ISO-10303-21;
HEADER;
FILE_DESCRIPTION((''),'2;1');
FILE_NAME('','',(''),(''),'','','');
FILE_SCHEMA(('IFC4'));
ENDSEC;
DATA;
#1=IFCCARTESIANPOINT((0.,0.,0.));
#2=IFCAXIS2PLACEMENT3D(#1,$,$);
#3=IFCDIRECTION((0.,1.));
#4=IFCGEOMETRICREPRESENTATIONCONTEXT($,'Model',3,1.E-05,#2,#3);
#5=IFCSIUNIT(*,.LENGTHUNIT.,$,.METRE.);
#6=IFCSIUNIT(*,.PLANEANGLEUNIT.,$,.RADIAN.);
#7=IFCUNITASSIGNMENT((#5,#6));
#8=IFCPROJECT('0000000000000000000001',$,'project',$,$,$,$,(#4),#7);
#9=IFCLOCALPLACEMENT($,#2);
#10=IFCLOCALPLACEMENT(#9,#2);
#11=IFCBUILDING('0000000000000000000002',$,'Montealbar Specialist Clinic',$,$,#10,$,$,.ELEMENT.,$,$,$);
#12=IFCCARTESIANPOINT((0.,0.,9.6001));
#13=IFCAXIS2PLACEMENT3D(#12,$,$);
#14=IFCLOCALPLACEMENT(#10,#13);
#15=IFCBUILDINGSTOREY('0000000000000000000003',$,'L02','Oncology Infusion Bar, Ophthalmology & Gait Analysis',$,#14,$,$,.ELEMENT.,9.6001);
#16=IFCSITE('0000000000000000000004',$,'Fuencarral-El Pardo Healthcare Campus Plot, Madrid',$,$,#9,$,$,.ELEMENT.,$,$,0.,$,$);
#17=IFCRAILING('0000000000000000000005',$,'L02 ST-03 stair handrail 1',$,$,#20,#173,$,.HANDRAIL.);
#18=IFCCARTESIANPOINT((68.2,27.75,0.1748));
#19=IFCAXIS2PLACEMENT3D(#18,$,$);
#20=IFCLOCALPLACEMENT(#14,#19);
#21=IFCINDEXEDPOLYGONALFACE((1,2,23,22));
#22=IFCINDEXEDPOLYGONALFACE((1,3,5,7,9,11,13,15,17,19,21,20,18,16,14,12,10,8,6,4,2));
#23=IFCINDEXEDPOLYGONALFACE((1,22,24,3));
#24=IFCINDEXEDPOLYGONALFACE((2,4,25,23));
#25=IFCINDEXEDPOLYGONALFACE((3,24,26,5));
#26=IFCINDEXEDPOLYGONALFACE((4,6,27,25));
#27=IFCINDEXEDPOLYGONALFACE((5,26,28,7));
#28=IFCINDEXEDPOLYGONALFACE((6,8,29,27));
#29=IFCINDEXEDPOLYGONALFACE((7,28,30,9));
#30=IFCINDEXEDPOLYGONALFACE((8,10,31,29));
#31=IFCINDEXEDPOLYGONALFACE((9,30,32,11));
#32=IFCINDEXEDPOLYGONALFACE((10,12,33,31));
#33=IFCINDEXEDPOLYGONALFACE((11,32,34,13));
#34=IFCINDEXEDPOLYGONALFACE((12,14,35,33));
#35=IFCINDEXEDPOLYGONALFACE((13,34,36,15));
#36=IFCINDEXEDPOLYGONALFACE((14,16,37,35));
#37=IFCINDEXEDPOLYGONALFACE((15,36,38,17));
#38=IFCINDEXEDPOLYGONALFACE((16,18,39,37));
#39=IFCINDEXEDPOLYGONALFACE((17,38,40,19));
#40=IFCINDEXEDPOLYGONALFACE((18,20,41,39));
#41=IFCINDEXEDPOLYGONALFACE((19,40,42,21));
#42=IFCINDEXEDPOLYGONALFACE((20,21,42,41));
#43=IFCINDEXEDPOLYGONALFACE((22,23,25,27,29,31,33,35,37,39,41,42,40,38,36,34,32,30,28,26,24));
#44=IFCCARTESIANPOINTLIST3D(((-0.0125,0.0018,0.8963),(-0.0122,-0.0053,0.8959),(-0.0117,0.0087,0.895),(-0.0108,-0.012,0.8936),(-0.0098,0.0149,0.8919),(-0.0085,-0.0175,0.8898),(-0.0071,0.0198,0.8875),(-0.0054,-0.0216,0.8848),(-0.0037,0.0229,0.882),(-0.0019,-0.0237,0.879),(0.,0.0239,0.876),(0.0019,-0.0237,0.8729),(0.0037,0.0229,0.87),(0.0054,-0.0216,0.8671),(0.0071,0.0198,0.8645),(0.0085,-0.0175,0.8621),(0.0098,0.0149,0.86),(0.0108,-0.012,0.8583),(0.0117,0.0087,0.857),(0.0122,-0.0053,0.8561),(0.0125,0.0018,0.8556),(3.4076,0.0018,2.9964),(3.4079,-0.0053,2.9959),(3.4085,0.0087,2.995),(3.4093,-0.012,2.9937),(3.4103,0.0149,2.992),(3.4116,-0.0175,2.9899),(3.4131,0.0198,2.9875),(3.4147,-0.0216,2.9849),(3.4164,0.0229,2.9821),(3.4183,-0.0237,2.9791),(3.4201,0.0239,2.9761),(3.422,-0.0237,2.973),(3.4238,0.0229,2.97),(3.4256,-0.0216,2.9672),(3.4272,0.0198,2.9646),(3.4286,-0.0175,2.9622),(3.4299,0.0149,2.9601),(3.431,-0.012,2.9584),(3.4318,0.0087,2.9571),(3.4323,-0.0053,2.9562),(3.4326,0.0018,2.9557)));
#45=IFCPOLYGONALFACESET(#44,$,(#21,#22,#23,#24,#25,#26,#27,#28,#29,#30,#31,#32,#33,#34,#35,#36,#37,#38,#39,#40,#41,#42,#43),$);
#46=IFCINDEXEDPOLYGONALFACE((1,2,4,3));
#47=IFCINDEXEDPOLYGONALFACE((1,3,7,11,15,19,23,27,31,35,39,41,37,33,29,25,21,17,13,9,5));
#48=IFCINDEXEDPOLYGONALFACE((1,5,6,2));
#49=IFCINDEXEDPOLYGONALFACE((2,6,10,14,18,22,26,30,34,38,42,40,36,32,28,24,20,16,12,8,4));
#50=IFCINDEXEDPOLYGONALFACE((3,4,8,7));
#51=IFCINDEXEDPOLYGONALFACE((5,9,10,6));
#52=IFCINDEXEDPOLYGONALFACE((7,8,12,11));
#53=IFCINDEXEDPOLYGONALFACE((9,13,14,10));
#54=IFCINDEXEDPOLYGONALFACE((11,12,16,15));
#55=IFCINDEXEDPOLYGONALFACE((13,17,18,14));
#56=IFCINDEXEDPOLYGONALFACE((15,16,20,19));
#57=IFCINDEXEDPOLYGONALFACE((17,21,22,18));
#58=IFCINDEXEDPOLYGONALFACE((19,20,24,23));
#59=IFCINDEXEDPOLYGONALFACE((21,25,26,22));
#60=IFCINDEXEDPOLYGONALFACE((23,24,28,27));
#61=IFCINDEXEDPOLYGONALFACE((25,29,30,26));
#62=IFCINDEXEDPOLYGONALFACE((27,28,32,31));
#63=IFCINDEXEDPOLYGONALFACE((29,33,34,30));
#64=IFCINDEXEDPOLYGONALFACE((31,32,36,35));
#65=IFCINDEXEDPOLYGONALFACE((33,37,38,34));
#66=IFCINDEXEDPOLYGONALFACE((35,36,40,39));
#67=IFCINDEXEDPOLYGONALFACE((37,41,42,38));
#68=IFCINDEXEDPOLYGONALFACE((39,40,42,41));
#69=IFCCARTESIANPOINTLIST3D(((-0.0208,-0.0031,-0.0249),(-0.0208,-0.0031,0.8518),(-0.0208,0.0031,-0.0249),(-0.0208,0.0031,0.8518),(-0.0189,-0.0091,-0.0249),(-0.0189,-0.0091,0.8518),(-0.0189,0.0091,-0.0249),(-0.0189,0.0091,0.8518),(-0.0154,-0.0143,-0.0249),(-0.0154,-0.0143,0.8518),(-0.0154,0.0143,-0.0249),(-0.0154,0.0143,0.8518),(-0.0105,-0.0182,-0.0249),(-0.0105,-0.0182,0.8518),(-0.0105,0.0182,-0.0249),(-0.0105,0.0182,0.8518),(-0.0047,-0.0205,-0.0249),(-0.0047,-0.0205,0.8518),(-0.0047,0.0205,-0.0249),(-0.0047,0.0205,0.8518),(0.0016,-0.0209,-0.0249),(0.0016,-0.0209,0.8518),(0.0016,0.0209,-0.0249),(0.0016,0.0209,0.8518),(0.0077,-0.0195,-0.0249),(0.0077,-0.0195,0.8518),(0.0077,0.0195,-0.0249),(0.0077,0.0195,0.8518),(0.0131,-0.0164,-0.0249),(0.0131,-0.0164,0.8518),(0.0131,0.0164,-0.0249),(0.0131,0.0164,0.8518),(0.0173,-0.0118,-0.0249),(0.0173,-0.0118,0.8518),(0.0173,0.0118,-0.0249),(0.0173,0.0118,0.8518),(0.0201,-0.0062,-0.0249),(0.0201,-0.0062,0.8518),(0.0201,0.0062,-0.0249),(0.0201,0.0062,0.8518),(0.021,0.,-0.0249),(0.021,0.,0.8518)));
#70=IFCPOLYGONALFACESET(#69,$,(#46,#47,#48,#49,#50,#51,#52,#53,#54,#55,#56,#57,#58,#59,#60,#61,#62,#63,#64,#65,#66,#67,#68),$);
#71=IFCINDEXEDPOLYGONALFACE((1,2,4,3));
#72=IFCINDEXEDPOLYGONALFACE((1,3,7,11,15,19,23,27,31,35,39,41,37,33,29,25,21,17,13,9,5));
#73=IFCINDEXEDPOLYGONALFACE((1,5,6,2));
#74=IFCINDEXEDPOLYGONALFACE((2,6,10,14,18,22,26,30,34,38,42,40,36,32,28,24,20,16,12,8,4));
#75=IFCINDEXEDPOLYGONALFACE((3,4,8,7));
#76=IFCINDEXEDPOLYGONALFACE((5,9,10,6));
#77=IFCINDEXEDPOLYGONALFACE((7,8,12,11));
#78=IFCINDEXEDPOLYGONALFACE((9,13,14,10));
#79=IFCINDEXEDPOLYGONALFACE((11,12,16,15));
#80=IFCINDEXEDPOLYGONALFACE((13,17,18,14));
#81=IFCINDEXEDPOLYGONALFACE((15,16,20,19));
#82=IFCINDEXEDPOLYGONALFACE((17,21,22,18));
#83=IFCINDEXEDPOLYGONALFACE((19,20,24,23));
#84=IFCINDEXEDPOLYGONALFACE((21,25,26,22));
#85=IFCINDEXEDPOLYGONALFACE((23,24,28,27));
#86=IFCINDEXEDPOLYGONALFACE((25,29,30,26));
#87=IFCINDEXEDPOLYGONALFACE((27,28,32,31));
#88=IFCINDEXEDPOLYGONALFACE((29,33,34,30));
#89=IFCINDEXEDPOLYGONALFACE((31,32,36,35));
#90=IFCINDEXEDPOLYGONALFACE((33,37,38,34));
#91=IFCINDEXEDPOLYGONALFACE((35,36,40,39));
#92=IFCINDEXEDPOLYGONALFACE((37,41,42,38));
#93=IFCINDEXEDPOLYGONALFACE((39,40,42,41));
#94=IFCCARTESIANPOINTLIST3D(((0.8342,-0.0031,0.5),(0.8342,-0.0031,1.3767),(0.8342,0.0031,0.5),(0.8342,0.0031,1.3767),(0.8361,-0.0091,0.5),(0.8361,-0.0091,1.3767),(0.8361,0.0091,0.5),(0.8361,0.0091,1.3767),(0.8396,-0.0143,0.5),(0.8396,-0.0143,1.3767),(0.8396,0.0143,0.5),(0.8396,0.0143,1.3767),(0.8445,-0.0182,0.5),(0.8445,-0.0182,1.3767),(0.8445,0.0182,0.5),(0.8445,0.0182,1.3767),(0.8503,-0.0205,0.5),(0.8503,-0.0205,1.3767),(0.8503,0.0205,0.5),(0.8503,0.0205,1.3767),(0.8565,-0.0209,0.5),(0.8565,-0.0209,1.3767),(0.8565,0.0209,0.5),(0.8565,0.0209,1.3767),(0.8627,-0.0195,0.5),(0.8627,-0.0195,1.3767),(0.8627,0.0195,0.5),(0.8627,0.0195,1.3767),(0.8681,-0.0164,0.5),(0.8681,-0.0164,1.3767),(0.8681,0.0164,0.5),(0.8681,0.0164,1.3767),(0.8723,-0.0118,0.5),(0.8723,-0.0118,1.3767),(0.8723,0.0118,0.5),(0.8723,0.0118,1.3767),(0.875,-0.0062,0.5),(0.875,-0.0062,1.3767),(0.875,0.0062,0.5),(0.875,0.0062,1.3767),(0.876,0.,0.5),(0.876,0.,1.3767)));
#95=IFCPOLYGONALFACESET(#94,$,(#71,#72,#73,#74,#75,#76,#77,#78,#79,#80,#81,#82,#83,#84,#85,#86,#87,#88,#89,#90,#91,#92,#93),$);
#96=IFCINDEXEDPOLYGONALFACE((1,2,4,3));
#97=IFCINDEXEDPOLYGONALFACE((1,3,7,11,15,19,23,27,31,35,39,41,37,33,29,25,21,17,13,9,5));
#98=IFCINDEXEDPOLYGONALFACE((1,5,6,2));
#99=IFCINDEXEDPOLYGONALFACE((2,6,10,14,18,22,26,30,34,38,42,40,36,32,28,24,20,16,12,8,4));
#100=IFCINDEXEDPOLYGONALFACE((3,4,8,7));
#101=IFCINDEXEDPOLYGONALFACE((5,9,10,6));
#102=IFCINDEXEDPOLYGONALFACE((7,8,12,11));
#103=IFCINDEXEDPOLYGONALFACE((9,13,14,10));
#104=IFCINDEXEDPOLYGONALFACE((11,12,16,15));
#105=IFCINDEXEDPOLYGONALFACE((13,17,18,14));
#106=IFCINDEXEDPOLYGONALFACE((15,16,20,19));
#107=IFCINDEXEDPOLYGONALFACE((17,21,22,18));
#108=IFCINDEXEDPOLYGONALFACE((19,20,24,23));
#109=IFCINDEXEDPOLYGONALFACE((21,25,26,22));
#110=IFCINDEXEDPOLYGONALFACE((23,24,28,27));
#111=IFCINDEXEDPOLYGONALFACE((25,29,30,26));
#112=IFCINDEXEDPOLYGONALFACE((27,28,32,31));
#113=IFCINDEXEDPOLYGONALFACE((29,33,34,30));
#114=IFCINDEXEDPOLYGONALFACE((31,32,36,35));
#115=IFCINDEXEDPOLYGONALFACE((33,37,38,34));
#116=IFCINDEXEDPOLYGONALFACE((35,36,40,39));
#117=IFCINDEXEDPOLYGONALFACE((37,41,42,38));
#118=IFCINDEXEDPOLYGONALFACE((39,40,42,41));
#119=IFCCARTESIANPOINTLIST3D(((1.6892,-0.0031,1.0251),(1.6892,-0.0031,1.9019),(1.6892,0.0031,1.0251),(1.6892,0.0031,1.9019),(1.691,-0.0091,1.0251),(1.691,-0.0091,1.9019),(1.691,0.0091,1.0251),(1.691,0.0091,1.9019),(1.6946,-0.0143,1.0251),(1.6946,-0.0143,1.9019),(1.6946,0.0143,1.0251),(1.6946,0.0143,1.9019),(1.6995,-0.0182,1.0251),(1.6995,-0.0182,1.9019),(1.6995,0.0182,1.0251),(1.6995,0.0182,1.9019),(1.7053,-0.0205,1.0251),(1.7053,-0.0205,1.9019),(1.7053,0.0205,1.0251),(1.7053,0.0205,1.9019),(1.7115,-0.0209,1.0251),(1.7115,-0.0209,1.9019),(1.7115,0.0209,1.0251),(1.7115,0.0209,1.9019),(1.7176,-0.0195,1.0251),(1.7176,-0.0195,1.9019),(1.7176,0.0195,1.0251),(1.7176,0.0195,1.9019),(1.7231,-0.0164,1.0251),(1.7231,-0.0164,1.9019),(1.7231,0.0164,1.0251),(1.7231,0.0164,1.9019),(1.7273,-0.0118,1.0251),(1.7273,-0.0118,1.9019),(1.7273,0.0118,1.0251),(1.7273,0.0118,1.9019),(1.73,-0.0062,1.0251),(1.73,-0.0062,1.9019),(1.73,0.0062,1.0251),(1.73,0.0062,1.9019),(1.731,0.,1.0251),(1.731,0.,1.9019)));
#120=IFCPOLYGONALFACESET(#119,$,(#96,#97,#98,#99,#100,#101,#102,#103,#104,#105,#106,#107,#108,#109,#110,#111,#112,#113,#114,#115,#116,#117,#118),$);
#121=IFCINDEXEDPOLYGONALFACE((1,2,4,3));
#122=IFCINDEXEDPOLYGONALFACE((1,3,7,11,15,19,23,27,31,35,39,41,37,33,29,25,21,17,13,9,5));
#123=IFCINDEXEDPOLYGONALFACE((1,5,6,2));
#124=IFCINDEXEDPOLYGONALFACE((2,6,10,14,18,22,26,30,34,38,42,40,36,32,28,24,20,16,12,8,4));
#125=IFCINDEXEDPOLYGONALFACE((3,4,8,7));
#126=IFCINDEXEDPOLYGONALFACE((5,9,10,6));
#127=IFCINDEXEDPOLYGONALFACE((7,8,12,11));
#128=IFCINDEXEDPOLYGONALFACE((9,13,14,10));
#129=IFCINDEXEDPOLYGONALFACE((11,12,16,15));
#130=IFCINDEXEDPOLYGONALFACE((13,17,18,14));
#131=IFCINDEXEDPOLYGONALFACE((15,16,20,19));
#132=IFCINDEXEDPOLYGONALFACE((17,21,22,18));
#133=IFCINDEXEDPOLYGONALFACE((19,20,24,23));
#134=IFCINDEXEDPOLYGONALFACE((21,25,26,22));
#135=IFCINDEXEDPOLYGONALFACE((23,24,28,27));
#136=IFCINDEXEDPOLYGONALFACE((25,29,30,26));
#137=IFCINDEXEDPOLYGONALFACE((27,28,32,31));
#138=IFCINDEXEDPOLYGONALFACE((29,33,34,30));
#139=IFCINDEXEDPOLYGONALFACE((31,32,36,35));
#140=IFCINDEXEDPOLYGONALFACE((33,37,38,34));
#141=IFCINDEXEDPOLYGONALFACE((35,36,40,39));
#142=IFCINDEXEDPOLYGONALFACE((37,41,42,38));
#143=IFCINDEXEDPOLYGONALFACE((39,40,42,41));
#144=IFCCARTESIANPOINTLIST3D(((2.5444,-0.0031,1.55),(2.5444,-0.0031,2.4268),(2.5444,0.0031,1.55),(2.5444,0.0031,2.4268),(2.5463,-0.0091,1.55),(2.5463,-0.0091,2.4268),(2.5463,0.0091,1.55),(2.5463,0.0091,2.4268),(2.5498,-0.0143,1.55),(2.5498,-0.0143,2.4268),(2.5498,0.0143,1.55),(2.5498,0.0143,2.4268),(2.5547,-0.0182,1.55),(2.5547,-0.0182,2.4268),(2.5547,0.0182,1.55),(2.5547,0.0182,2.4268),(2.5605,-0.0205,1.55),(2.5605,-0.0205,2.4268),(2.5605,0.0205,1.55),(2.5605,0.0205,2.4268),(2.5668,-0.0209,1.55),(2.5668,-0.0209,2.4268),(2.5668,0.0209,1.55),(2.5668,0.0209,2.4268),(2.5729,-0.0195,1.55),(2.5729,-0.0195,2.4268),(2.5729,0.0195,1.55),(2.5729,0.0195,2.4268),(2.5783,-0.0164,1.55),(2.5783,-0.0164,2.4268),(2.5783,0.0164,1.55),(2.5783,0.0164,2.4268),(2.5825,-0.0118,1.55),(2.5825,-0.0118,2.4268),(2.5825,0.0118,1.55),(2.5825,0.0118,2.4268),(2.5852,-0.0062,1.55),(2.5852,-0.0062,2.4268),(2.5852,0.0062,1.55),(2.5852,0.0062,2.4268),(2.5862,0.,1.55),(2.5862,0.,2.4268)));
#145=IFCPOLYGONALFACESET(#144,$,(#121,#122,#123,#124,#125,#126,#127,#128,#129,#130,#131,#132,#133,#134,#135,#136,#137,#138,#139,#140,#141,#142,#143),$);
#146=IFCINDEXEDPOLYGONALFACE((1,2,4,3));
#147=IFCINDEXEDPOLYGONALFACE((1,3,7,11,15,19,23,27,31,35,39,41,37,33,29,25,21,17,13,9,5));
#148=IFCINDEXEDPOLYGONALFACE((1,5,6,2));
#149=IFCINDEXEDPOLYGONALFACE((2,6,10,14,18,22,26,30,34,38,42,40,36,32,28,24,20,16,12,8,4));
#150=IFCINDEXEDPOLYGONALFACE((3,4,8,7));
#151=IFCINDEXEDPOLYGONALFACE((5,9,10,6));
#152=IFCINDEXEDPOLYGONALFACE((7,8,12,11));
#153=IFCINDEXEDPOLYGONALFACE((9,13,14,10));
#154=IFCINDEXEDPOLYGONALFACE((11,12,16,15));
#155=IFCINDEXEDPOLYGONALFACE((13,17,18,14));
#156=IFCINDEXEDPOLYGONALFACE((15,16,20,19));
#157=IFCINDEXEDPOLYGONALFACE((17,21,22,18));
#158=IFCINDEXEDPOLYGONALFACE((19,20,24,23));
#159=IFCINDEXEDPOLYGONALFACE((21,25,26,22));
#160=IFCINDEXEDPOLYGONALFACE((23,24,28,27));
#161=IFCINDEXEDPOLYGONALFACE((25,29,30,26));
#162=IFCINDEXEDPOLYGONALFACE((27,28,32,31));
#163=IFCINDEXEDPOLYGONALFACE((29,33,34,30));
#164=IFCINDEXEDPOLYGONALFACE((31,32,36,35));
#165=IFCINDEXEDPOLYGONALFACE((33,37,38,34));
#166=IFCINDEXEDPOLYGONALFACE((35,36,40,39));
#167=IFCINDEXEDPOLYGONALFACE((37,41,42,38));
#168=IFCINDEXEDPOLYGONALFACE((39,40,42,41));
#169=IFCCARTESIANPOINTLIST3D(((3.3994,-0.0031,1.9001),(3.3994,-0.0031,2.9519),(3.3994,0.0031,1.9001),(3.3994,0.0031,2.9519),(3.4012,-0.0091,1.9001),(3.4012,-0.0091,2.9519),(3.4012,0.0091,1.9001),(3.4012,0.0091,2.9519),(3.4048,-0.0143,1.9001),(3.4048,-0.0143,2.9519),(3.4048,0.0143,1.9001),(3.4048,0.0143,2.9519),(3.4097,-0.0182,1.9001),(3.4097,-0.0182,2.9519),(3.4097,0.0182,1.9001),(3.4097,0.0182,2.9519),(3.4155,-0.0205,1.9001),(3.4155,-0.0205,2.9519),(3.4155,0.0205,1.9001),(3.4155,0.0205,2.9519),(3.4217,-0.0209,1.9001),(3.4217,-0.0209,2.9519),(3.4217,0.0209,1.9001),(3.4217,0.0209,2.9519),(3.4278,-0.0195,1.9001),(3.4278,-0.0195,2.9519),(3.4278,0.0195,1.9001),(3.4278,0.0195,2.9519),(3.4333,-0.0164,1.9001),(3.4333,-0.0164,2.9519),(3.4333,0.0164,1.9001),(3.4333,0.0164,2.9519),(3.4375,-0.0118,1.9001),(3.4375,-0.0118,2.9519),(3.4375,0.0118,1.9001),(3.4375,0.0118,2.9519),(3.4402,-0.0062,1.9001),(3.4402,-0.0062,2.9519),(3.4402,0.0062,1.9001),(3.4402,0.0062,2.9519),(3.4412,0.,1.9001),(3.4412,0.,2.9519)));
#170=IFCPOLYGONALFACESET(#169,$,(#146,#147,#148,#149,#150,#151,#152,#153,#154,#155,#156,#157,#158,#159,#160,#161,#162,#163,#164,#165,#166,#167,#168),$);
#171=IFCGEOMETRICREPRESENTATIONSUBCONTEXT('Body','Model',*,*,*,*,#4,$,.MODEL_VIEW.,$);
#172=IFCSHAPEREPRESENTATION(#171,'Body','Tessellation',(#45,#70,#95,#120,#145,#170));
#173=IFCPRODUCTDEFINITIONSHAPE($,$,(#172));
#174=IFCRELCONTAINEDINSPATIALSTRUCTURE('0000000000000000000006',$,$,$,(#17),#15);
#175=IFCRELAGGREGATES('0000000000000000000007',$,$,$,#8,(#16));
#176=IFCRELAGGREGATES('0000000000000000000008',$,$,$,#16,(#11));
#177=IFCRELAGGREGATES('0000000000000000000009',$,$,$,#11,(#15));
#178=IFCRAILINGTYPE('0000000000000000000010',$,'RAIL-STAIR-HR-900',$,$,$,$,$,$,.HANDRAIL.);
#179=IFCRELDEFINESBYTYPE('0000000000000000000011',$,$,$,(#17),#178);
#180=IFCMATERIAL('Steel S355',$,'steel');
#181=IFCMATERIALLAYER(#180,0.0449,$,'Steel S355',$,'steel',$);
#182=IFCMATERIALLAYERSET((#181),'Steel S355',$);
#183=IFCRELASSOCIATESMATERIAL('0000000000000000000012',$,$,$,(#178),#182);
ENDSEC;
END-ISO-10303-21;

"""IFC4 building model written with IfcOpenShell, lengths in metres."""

from ifc_helpers import new_model, si_unit, direction, frame, origin, origin_2d, place, context, subcontext, project, spatial, circle, extrude, material, layer, layer_set, type_object, element, save


model = new_model("IFC4")

# Units and contexts
model_context = context("Model", 3, precision=1e-05, world=origin(), true_north=direction((0.0, 1.0)))
body_context = subcontext(model_context, "Body", "Model", "MODEL_VIEW")
ifc_project = project(units=[si_unit("LENGTHUNIT", "METRE"), si_unit("PLANEANGLEUNIT", "RADIAN")], contexts=[model_context])

# Site, building, storey
site_placement = place(None, origin())
site = spatial("IfcSite", under=ifc_project, at=site_placement, Name="Fuencarral-El Pardo Healthcare Campus Plot, Madrid", CompositionType="ELEMENT", RefElevation=0.0)
building_placement = place(site_placement, origin())
building = spatial("IfcBuilding", under=site, at=building_placement, Name="Montealbar Specialist Clinic", CompositionType="ELEMENT")
storey_placement = place(building_placement, frame((0.0, 0.0, 9.6001)))
storey = spatial("IfcBuildingStorey", under=building, at=storey_placement, Name="L02", Description="Oncology Infusion Bar, Ophthalmology & Gait Analysis", CompositionType="ELEMENT", Elevation=9.6001)

# Shared definitions
ifc_material_1 = material(Name="Steel S355", Category="steel")

# Railing
ifc_layer_1 = layer(ifc_material_1, 0.0449, Name="Steel S355", Category="steel")
ifc_layer_set_1 = layer_set([ifc_layer_1], Name="Steel S355")
railing_type_1 = type_object("IfcRailingType", Name="RAIL-STAIR-HR-900", PredefinedType="HANDRAIL", material=ifc_layer_set_1)
railing_1_placement = place(storey_placement, frame((68.2, 27.75, 0.1748)))
element("IfcRailing", 1, at=railing_1_placement, inside=storey, type_object=railing_type_1, Name="L02 ST-03 stair handrail 1", PredefinedType="HANDRAIL", context=body_context, shape_type="SweptSolid", body=[
    extrude(circle(Radius=0.0239, at=origin_2d()), frame((0.0, 0.0, 0.876), z_axis=(0.852172, 0.0, 0.523262), x_axis=(0.0, 1.0, 0.0)), (0.0, 0.0, 1.0), 4.0134),
    extrude(circle(Radius=0.021, at=origin_2d()), frame((0.0, 0.0, -0.0249)), (0.0, 0.0, 1.0), 0.8767),
    extrude(circle(Radius=0.021, at=origin_2d()), frame((0.855, 0.0, 0.5)), (0.0, 0.0, 1.0), 0.8767),
    extrude(circle(Radius=0.021, at=origin_2d()), frame((1.71, 0.0, 1.0251)), (0.0, 0.0, 1.0), 0.8767),
    extrude(circle(Radius=0.021, at=origin_2d()), frame((2.5652, 0.0, 1.55)), (0.0, 0.0, 1.0), 0.8767),
    extrude(circle(Radius=0.021, at=origin_2d()), frame((3.4202, 0.0, 1.9001)), (0.0, 0.0, 1.0), 1.0518),
])

save(model, "model.ifc")
